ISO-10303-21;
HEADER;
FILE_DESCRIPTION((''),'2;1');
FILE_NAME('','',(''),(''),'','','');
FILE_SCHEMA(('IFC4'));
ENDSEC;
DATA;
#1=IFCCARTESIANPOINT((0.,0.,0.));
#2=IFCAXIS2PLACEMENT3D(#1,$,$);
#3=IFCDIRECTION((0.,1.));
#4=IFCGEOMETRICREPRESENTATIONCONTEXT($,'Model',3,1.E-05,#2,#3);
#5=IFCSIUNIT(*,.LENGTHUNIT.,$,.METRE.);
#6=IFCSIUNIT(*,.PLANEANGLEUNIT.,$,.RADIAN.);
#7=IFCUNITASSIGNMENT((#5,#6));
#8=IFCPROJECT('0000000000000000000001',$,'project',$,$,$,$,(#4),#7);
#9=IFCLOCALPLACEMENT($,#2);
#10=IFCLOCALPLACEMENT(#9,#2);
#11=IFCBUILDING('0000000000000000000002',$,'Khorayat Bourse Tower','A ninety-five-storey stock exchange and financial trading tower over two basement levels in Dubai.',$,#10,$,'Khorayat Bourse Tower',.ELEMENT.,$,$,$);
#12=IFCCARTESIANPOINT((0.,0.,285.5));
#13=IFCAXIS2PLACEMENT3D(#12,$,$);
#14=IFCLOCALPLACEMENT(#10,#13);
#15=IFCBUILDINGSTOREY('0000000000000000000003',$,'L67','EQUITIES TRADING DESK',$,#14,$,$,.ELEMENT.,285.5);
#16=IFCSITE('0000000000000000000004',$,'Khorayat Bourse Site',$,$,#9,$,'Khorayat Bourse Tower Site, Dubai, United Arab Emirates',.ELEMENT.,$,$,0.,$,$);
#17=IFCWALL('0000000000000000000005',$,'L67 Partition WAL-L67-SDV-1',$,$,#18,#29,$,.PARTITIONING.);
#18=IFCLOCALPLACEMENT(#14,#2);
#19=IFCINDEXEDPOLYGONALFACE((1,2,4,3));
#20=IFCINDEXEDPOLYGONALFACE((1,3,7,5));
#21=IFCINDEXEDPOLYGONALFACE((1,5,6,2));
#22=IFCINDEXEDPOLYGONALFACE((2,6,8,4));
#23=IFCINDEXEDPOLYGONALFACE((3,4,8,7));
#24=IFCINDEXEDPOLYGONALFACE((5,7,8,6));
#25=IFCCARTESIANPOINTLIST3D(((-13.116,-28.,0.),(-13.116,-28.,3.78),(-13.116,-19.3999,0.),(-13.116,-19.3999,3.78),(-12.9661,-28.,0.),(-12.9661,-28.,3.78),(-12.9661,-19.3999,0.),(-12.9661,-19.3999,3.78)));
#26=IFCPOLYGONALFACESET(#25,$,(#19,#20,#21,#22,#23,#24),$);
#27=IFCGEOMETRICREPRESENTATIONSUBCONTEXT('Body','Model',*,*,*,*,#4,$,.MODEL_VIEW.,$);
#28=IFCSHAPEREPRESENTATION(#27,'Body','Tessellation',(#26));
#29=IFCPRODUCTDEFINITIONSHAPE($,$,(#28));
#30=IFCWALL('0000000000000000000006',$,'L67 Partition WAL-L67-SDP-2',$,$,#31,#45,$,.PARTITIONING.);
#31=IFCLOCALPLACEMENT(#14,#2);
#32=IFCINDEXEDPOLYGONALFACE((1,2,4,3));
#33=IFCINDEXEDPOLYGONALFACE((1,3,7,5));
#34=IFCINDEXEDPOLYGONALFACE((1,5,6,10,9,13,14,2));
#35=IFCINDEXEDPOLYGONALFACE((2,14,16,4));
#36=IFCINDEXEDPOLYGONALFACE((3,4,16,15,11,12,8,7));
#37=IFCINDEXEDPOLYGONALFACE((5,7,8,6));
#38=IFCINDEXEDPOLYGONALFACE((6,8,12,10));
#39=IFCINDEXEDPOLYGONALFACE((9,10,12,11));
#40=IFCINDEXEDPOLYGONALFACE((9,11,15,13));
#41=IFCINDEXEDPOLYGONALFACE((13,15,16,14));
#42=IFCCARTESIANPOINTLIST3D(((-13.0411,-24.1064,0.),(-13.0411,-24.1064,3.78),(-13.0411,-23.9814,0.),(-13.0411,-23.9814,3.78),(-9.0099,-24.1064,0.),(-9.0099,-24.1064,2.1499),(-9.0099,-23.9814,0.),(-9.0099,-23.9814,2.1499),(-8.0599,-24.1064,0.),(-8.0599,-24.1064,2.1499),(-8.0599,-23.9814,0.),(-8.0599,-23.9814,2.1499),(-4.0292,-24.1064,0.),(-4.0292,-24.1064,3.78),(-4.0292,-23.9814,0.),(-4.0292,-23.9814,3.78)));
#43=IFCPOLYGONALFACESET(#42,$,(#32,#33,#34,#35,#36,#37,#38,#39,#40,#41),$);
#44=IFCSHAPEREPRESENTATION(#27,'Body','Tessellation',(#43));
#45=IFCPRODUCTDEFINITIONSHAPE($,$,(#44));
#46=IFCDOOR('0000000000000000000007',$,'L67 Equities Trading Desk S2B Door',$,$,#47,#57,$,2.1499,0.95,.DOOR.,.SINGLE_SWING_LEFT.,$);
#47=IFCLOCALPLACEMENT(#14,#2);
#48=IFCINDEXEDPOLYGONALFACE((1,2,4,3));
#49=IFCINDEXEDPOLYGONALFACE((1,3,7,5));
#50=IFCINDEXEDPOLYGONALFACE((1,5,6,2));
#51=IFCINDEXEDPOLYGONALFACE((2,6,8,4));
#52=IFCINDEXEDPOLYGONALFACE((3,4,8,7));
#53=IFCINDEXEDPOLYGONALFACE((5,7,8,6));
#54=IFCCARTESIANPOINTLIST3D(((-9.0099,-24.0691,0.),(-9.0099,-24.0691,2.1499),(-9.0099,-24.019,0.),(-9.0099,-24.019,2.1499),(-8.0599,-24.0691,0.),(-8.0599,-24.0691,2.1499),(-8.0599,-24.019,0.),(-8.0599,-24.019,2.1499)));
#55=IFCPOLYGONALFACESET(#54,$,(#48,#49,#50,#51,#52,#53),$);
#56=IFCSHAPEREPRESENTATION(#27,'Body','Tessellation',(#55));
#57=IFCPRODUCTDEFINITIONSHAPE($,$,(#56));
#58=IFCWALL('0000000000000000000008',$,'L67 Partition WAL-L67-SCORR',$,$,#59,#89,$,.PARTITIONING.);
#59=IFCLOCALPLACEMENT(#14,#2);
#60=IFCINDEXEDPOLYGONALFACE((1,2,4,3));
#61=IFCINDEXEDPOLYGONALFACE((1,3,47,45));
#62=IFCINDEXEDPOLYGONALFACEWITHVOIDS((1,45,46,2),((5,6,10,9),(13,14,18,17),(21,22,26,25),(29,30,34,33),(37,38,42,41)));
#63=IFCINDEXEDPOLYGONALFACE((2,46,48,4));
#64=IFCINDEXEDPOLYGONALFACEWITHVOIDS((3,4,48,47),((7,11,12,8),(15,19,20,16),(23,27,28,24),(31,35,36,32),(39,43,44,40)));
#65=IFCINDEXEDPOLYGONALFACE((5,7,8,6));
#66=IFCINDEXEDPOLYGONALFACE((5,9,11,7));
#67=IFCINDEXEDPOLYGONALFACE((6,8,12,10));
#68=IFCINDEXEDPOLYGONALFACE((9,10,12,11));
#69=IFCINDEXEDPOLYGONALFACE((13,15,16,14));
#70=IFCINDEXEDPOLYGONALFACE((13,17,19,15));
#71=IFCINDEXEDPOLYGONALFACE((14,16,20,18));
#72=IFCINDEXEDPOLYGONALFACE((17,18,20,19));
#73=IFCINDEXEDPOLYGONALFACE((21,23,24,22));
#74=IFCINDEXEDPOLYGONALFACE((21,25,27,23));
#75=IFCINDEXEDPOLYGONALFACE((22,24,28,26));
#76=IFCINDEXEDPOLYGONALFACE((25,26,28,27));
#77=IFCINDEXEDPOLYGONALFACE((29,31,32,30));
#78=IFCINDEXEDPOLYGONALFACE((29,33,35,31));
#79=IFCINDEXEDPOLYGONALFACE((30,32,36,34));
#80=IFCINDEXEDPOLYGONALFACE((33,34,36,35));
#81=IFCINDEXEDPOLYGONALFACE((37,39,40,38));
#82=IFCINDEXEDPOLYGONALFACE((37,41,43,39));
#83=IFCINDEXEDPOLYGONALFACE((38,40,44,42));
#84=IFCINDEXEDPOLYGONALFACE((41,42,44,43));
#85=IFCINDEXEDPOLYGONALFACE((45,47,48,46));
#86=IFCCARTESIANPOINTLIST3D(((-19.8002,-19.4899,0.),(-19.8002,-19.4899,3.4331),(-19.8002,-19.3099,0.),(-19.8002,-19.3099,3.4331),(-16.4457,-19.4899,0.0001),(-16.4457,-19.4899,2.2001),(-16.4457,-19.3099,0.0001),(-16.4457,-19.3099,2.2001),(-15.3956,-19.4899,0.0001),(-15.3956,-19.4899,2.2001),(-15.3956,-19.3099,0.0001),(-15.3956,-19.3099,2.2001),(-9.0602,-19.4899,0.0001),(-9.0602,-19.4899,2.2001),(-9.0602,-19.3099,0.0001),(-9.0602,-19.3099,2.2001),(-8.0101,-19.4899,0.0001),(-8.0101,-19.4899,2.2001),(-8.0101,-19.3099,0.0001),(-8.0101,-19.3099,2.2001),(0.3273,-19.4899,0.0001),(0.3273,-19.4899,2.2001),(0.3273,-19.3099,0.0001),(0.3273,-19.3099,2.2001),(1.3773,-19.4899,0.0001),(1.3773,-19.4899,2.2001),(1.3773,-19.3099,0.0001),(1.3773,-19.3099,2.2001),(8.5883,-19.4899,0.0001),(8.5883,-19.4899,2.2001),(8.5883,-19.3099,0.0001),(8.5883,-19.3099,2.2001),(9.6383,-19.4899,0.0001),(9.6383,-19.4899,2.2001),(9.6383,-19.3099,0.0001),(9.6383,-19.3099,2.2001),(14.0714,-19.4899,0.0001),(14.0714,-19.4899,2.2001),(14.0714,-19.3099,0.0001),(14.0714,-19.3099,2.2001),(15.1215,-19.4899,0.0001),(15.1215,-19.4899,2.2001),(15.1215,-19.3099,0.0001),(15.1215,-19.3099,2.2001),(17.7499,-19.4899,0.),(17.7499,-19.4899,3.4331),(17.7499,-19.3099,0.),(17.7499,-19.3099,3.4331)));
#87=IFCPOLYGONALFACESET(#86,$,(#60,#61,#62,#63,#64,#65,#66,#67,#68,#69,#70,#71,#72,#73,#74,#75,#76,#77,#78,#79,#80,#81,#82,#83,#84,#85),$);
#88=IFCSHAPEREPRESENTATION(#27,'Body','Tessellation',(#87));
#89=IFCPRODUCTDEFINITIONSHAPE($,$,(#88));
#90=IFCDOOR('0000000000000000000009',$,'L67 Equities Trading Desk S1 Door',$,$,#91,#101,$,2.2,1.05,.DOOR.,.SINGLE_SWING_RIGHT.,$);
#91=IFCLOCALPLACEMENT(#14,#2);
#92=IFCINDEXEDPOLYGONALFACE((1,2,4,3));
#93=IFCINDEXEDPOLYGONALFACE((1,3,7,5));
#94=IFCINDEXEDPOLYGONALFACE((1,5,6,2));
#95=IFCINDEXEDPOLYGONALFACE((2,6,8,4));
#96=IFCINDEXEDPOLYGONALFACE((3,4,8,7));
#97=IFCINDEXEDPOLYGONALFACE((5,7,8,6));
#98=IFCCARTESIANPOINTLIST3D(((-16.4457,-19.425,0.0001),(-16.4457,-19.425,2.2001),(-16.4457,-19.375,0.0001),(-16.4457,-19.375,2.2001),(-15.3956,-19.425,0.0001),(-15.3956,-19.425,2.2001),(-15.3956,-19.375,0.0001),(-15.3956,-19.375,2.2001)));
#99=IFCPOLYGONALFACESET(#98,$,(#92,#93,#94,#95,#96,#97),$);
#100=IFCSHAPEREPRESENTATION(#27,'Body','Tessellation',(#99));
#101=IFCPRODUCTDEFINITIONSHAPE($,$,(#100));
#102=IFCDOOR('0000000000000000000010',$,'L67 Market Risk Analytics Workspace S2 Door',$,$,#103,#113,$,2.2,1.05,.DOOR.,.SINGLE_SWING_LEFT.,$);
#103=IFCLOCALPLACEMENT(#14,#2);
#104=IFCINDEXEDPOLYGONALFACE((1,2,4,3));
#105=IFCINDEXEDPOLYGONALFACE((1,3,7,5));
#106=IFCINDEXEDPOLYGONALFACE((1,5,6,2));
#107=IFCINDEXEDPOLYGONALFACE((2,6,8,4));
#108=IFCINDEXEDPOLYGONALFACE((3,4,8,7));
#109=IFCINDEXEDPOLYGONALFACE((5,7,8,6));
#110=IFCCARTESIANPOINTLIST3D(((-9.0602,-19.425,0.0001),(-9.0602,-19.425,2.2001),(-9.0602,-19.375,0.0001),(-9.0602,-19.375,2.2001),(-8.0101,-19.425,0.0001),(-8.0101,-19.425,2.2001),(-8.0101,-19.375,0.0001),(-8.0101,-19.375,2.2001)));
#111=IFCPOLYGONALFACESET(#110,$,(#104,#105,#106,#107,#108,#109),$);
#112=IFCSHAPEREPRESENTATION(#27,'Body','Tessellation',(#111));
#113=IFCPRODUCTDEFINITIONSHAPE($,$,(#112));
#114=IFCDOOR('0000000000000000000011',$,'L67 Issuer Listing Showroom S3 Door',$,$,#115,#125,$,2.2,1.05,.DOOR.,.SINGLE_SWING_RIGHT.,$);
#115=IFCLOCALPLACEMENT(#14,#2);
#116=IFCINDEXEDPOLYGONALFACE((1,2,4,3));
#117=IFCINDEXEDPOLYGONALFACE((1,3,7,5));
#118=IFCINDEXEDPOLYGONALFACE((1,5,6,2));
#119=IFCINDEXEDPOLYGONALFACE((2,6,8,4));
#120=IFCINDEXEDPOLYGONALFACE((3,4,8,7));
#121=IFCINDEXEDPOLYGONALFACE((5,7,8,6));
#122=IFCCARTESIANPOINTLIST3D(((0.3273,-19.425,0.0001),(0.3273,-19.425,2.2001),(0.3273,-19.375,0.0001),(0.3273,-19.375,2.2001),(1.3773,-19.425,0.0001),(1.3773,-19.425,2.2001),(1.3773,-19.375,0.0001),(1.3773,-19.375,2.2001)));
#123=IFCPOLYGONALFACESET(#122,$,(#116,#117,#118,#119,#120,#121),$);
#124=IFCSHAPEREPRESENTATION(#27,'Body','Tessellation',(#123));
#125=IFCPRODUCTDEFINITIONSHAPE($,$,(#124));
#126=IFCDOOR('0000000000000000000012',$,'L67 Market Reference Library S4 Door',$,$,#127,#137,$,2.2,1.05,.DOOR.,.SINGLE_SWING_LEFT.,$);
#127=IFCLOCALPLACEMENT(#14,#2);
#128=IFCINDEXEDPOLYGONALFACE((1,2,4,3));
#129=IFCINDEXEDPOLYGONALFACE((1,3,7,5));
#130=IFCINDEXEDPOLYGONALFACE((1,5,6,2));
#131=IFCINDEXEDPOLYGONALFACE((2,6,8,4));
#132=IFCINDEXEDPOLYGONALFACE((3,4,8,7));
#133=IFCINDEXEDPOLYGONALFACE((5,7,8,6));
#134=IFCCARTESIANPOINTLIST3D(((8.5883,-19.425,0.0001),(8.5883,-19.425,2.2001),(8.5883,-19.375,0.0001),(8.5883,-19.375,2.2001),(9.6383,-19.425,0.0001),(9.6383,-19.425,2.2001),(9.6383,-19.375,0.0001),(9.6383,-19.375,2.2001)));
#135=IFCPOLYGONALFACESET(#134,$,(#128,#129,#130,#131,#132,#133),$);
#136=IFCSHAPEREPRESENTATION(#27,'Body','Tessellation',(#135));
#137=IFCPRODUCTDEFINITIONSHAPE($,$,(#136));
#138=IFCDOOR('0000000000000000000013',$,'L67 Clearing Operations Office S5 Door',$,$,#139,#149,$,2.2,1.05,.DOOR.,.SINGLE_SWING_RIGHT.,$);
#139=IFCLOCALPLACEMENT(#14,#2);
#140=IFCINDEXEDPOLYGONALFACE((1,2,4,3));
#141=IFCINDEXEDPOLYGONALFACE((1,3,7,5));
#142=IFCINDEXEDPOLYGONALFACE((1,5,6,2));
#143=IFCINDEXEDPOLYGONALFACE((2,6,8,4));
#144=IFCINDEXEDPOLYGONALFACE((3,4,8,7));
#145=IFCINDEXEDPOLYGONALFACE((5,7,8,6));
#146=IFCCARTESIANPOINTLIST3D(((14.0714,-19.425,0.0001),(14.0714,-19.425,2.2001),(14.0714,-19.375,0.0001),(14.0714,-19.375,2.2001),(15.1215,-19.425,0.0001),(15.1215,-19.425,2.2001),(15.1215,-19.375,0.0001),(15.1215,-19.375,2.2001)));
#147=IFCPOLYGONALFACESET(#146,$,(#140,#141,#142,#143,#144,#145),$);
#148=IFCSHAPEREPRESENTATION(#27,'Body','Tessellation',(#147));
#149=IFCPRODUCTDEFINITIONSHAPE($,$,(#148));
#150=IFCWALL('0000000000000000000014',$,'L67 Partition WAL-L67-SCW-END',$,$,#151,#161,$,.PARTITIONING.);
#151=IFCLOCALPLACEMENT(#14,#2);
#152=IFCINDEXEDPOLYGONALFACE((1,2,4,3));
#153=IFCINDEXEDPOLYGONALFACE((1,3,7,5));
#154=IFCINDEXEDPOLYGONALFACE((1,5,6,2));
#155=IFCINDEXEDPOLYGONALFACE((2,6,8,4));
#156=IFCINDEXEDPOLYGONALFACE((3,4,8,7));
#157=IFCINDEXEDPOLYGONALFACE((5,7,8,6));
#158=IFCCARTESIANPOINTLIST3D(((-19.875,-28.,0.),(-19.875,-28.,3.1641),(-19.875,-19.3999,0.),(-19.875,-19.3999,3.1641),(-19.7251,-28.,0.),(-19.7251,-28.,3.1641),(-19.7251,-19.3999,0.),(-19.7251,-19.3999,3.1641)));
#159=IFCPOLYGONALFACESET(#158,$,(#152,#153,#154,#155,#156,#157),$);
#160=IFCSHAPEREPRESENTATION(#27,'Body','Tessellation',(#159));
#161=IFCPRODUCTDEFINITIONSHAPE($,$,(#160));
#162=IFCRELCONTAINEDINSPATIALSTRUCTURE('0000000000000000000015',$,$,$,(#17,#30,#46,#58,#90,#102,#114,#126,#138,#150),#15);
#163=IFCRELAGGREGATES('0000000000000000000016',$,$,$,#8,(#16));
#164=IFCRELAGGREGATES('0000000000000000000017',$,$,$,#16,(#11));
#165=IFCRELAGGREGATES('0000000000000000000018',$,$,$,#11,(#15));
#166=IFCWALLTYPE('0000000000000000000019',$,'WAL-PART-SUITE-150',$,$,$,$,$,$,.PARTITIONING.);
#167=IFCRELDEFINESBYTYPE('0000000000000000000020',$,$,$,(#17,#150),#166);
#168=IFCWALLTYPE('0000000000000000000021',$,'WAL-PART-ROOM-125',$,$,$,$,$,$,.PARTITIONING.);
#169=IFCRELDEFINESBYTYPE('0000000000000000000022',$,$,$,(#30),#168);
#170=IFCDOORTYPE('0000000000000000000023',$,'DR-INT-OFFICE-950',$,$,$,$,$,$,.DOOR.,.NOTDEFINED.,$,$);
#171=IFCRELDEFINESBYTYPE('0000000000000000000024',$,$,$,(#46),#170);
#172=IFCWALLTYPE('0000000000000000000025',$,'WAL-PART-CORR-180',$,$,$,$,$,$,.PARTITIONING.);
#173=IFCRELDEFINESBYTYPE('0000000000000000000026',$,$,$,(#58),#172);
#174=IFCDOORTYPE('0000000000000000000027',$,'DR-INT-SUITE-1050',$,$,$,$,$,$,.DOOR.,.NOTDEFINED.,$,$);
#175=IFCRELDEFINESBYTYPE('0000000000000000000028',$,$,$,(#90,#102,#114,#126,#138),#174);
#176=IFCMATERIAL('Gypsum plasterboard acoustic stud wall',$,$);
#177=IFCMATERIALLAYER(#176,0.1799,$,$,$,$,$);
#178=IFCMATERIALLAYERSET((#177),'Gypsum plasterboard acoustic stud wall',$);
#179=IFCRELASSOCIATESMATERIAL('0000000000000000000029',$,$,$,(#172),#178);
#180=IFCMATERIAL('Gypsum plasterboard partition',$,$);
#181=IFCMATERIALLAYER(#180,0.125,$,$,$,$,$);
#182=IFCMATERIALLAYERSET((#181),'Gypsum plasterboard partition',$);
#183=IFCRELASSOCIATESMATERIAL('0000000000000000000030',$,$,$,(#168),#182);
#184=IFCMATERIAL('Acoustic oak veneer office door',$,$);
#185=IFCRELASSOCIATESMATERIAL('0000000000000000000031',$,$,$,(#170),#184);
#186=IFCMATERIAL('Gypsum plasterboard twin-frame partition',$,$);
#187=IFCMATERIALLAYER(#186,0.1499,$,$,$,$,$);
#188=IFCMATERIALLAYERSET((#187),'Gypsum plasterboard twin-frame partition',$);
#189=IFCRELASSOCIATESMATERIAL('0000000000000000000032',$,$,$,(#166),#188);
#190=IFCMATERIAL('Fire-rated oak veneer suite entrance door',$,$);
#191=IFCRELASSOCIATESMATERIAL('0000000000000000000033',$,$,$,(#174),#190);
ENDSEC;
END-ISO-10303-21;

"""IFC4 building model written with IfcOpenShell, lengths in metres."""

from ifc_helpers import new_model, si_unit, direction, frame, frame_2d, origin, place, context, subcontext, project, spatial, rectangle, extrude, source, transform, mapped, material, layer, layer_set, type_object, element, fill, save


model = new_model("IFC4")

# Units and contexts
model_context = context("Model", 3, precision=1e-05, world=origin(), true_north=direction((0.0, 1.0)))
body_context = subcontext(model_context, "Body", "Model", "MODEL_VIEW")
ifc_project = project(units=[si_unit("LENGTHUNIT", "METRE"), si_unit("PLANEANGLEUNIT", "RADIAN")], contexts=[model_context])

# Site, building, storey
site_placement = place(None, origin())
site = spatial("IfcSite", under=ifc_project, at=site_placement, Name="Khorayat Bourse Site", LongName="Khorayat Bourse Tower Site, Dubai, United Arab Emirates", CompositionType="ELEMENT", RefElevation=0.0)
building_placement = place(site_placement, origin())
building = spatial("IfcBuilding", under=site, at=building_placement, Name="Khorayat Bourse Tower", Description="A ninety-five-storey stock exchange and financial trading tower over two basement levels in Dubai.", LongName="Khorayat Bourse Tower", CompositionType="ELEMENT")
storey_placement = place(building_placement, frame((0.0, 0.0, 285.5)))
storey = spatial("IfcBuildingStorey", under=building, at=storey_placement, Name="L67", Description="EQUITIES TRADING DESK", CompositionType="ELEMENT", Elevation=285.5)

# Shared definitions
ifc_material_1 = material(Name="Gypsum plasterboard acoustic stud wall")
ifc_layer_1 = layer(ifc_material_1, 0.1799)
ifc_layer_set_1 = layer_set([ifc_layer_1], Name="Gypsum plasterboard acoustic stud wall")
wall_type_1 = type_object("IfcWallType", Name="WAL-PART-CORR-180", PredefinedType="PARTITIONING", material=ifc_layer_set_1)
ifc_material_2 = material(Name="Gypsum plasterboard partition")
ifc_layer_2 = layer(ifc_material_2, 0.125)
ifc_layer_set_2 = layer_set([ifc_layer_2], Name="Gypsum plasterboard partition")
wall_type_2 = type_object("IfcWallType", Name="WAL-PART-ROOM-125", PredefinedType="PARTITIONING", material=ifc_layer_set_2)
shared_shape_1 = source(origin(), body_context, "Body", "SweptSolid", [
    extrude(rectangle(XDim=0.95, YDim=2.1499, at=frame_2d((0.4751, 1.075))), frame((0.0, 0.0725, 0.0), z_axis=(0.0, -1.0, 0.0), x_axis=(1.0, 0.0, 0.0)), (0.0, 0.0, 1.0), 0.145),
])
ifc_material_3 = material(Name="Acoustic oak veneer office door")
door_type_1 = type_object("IfcDoorType", Name="DR-INT-OFFICE-950", OperationType="NOTDEFINED", PredefinedType="DOOR", material=ifc_material_3)
shared_shape_2 = source(origin(), body_context, "Body", "SweptSolid", [
    extrude(rectangle(XDim=0.95, YDim=2.1499, at=frame_2d((0.4751, 1.075))), frame((0.0, 0.0249, 0.0), z_axis=(0.0, -1.0, 0.0), x_axis=(1.0, 0.0, 0.0)), (0.0, 0.0, 1.0), 0.05),
])

# Wall
ifc_material_4 = material(Name="Gypsum plasterboard twin-frame partition")
ifc_layer_3 = layer(ifc_material_4, 0.1499)
ifc_layer_set_3 = layer_set([ifc_layer_3], Name="Gypsum plasterboard twin-frame partition")
wall_type_3 = type_object("IfcWallType", Name="WAL-PART-SUITE-150", PredefinedType="PARTITIONING", material=ifc_layer_set_3)
shared_shape_3 = source(origin(), body_context, "Body", "SweptSolid", [
    extrude(rectangle(XDim=8.6001, YDim=0.1499, at=frame_2d((4.3, 0.0))), origin(), (0.0, 0.0, 1.0), 3.78),
])
wall_1_placement = place(storey_placement, frame((-13.041, -28.0, 0.0), z_axis=(0.0, 0.0, 1.0), x_axis=(0.0, 1.0, 0.0)))
element("IfcWall", 1, at=wall_1_placement, inside=storey, type_object=wall_type_3, Name="L67 Partition WAL-L67-SDV-1", PredefinedType="PARTITIONING", context=body_context, shape_type="MappedRepresentation", body=[
    mapped(shared_shape_3, transform((0.0, 0.0, 0.0), scale=1.0)),
])

# Wall, opening, door
shared_shape_4 = source(origin(), body_context, "Body", "SweptSolid", [
    extrude(rectangle(XDim=9.012, YDim=0.125, at=frame_2d((4.5059, 0.0))), origin(), (0.0, 0.0, 1.0), 3.78),
])
wall_2_placement = place(storey_placement, frame((-13.041, -24.0439, 0.0), z_axis=(0.0, 0.0, 1.0), x_axis=(1.0, 0.0, 0.0)))
wall_2 = element("IfcWall", 2, at=wall_2_placement, inside=storey, type_object=wall_type_2, Name="L67 Partition WAL-L67-SDP-2", PredefinedType="PARTITIONING", context=body_context, shape_type="MappedRepresentation", body=[
    mapped(shared_shape_4, transform((0.0, 0.0, 0.0), scale=1.0)),
])
opening_1_placement = place(wall_2_placement, frame((4.031, 0.0, 0.0)))
opening_1 = element("IfcOpeningElement", 3, at=opening_1_placement, cuts=wall_2, PredefinedType="OPENING", context=body_context, shape_type="MappedRepresentation", body=[
    mapped(shared_shape_1, transform((0.0, 0.0, 0.0), scale=1.0)),
])
door_1_placement = place(opening_1_placement, origin())
door_1 = element("IfcDoor", 4, at=door_1_placement, inside=storey, type_object=door_type_1, Name="L67 Equities Trading Desk S2B Door", OperationType="SINGLE_SWING_LEFT", OverallHeight=2.1499, OverallWidth=0.95, PredefinedType="DOOR", context=body_context, shape_type="MappedRepresentation", body=[
    mapped(shared_shape_2, transform((0.0, 0.0, 0.0), scale=1.0)),
])
fill(opening_1, door_1)

# Wall, openings, doors
shared_shape_5 = source(origin(), body_context, "Body", "SweptSolid", [
    extrude(rectangle(XDim=37.55, YDim=0.1799, at=frame_2d((18.7749, 0.0))), origin(), (0.0, 0.0, 1.0), 3.4331),
])
wall_3_placement = place(storey_placement, frame((-19.8, -19.3999, 0.0), z_axis=(0.0, 0.0, 1.0), x_axis=(1.0, 0.0, 0.0)))
wall_3 = element("IfcWall", 5, at=wall_3_placement, inside=storey, type_object=wall_type_1, Name="L67 Partition WAL-L67-SCORR", PredefinedType="PARTITIONING", context=body_context, shape_type="MappedRepresentation", body=[
    mapped(shared_shape_5, transform((0.0, 0.0, 0.0), scale=1.0)),
])
shared_shape_6 = source(origin(), body_context, "Body", "SweptSolid", [
    extrude(rectangle(XDim=1.05, YDim=2.2, at=frame_2d((0.5249, 1.1001))), frame((0.0, 0.0999, 0.0), z_axis=(0.0, -1.0, 0.0), x_axis=(1.0, 0.0, 0.0)), (0.0, 0.0, 1.0), 0.2),
])
opening_2_placement = place(wall_3_placement, frame((3.3545, 0.0, 0.0)))
opening_2 = element("IfcOpeningElement", 6, at=opening_2_placement, cuts=wall_3, PredefinedType="OPENING", context=body_context, shape_type="MappedRepresentation", body=[
    mapped(shared_shape_6, transform((0.0, 0.0, 0.0), scale=1.0)),
])
opening_3_placement = place(wall_3_placement, frame((10.74, 0.0, 0.0)))
opening_3 = element("IfcOpeningElement", 7, at=opening_3_placement, cuts=wall_3, PredefinedType="OPENING", context=body_context, shape_type="MappedRepresentation", body=[
    mapped(shared_shape_6, transform((0.0, 0.0, 0.0), scale=1.0)),
])
opening_4_placement = place(wall_3_placement, frame((20.1274, 0.0, 0.0)))
opening_4 = element("IfcOpeningElement", 8, at=opening_4_placement, cuts=wall_3, PredefinedType="OPENING", context=body_context, shape_type="MappedRepresentation", body=[
    mapped(shared_shape_6, transform((0.0, 0.0, 0.0), scale=1.0)),
])
opening_5_placement = place(wall_3_placement, frame((28.3884, 0.0, 0.0)))
opening_5 = element("IfcOpeningElement", 9, at=opening_5_placement, cuts=wall_3, PredefinedType="OPENING", context=body_context, shape_type="MappedRepresentation", body=[
    mapped(shared_shape_6, transform((0.0, 0.0, 0.0), scale=1.0)),
])
opening_6_placement = place(wall_3_placement, frame((33.8716, 0.0, 0.0)))
opening_6 = element("IfcOpeningElement", 10, at=opening_6_placement, cuts=wall_3, PredefinedType="OPENING", context=body_context, shape_type="MappedRepresentation", body=[
    mapped(shared_shape_6, transform((0.0, 0.0, 0.0), scale=1.0)),
])
ifc_material_5 = material(Name="Fire-rated oak veneer suite entrance door")
door_type_2 = type_object("IfcDoorType", Name="DR-INT-SUITE-1050", OperationType="NOTDEFINED", PredefinedType="DOOR", material=ifc_material_5)
shared_shape_7 = source(origin(), body_context, "Body", "SweptSolid", [
    extrude(rectangle(XDim=1.05, YDim=2.2, at=frame_2d((0.5249, 1.1001))), frame((0.0, 0.0249, 0.0), z_axis=(0.0, -1.0, 0.0), x_axis=(1.0, 0.0, 0.0)), (0.0, 0.0, 1.0), 0.05),
])
door_2_placement = place(opening_2_placement, origin())
door_2 = element("IfcDoor", 11, at=door_2_placement, inside=storey, type_object=door_type_2, Name="L67 Equities Trading Desk S1 Door", OperationType="SINGLE_SWING_RIGHT", OverallHeight=2.2, OverallWidth=1.05, PredefinedType="DOOR", context=body_context, shape_type="MappedRepresentation", body=[
    mapped(shared_shape_7, transform((0.0, 0.0, 0.0), scale=1.0)),
])
fill(opening_2, door_2)
door_3_placement = place(opening_3_placement, origin())
door_3 = element("IfcDoor", 12, at=door_3_placement, inside=storey, type_object=door_type_2, Name="L67 Market Risk Analytics Workspace S2 Door", OperationType="SINGLE_SWING_LEFT", OverallHeight=2.2, OverallWidth=1.05, PredefinedType="DOOR", context=body_context, shape_type="MappedRepresentation", body=[
    mapped(shared_shape_7, transform((0.0, 0.0, 0.0), scale=1.0)),
])
fill(opening_3, door_3)
door_4_placement = place(opening_4_placement, origin())
door_4 = element("IfcDoor", 13, at=door_4_placement, inside=storey, type_object=door_type_2, Name="L67 Issuer Listing Showroom S3 Door", OperationType="SINGLE_SWING_RIGHT", OverallHeight=2.2, OverallWidth=1.05, PredefinedType="DOOR", context=body_context, shape_type="MappedRepresentation", body=[
    mapped(shared_shape_7, transform((0.0, 0.0, 0.0), scale=1.0)),
])
fill(opening_4, door_4)
door_5_placement = place(opening_5_placement, origin())
door_5 = element("IfcDoor", 14, at=door_5_placement, inside=storey, type_object=door_type_2, Name="L67 Market Reference Library S4 Door", OperationType="SINGLE_SWING_LEFT", OverallHeight=2.2, OverallWidth=1.05, PredefinedType="DOOR", context=body_context, shape_type="MappedRepresentation", body=[
    mapped(shared_shape_7, transform((0.0, 0.0, 0.0), scale=1.0)),
])
fill(opening_5, door_5)
door_6_placement = place(opening_6_placement, origin())
door_6 = element("IfcDoor", 15, at=door_6_placement, inside=storey, type_object=door_type_2, Name="L67 Clearing Operations Office S5 Door", OperationType="SINGLE_SWING_RIGHT", OverallHeight=2.2, OverallWidth=1.05, PredefinedType="DOOR", context=body_context, shape_type="MappedRepresentation", body=[
    mapped(shared_shape_7, transform((0.0, 0.0, 0.0), scale=1.0)),
])
fill(opening_6, door_6)

# Wall
shared_shape_8 = source(origin(), body_context, "Body", "SweptSolid", [
    extrude(rectangle(XDim=8.6001, YDim=0.1499, at=frame_2d((4.3, 0.0))), origin(), (0.0, 0.0, 1.0), 3.1641),
])
wall_4_placement = place(storey_placement, frame((-19.8, -28.0, 0.0), z_axis=(0.0, 0.0, 1.0), x_axis=(0.0, 1.0, 0.0)))
element("IfcWall", 16, at=wall_4_placement, inside=storey, type_object=wall_type_3, Name="L67 Partition WAL-L67-SCW-END", PredefinedType="PARTITIONING", context=body_context, shape_type="MappedRepresentation", body=[
    mapped(shared_shape_8, transform((0.0, 0.0, 0.0), scale=1.0)),
])

save(model, "model.ifc")
